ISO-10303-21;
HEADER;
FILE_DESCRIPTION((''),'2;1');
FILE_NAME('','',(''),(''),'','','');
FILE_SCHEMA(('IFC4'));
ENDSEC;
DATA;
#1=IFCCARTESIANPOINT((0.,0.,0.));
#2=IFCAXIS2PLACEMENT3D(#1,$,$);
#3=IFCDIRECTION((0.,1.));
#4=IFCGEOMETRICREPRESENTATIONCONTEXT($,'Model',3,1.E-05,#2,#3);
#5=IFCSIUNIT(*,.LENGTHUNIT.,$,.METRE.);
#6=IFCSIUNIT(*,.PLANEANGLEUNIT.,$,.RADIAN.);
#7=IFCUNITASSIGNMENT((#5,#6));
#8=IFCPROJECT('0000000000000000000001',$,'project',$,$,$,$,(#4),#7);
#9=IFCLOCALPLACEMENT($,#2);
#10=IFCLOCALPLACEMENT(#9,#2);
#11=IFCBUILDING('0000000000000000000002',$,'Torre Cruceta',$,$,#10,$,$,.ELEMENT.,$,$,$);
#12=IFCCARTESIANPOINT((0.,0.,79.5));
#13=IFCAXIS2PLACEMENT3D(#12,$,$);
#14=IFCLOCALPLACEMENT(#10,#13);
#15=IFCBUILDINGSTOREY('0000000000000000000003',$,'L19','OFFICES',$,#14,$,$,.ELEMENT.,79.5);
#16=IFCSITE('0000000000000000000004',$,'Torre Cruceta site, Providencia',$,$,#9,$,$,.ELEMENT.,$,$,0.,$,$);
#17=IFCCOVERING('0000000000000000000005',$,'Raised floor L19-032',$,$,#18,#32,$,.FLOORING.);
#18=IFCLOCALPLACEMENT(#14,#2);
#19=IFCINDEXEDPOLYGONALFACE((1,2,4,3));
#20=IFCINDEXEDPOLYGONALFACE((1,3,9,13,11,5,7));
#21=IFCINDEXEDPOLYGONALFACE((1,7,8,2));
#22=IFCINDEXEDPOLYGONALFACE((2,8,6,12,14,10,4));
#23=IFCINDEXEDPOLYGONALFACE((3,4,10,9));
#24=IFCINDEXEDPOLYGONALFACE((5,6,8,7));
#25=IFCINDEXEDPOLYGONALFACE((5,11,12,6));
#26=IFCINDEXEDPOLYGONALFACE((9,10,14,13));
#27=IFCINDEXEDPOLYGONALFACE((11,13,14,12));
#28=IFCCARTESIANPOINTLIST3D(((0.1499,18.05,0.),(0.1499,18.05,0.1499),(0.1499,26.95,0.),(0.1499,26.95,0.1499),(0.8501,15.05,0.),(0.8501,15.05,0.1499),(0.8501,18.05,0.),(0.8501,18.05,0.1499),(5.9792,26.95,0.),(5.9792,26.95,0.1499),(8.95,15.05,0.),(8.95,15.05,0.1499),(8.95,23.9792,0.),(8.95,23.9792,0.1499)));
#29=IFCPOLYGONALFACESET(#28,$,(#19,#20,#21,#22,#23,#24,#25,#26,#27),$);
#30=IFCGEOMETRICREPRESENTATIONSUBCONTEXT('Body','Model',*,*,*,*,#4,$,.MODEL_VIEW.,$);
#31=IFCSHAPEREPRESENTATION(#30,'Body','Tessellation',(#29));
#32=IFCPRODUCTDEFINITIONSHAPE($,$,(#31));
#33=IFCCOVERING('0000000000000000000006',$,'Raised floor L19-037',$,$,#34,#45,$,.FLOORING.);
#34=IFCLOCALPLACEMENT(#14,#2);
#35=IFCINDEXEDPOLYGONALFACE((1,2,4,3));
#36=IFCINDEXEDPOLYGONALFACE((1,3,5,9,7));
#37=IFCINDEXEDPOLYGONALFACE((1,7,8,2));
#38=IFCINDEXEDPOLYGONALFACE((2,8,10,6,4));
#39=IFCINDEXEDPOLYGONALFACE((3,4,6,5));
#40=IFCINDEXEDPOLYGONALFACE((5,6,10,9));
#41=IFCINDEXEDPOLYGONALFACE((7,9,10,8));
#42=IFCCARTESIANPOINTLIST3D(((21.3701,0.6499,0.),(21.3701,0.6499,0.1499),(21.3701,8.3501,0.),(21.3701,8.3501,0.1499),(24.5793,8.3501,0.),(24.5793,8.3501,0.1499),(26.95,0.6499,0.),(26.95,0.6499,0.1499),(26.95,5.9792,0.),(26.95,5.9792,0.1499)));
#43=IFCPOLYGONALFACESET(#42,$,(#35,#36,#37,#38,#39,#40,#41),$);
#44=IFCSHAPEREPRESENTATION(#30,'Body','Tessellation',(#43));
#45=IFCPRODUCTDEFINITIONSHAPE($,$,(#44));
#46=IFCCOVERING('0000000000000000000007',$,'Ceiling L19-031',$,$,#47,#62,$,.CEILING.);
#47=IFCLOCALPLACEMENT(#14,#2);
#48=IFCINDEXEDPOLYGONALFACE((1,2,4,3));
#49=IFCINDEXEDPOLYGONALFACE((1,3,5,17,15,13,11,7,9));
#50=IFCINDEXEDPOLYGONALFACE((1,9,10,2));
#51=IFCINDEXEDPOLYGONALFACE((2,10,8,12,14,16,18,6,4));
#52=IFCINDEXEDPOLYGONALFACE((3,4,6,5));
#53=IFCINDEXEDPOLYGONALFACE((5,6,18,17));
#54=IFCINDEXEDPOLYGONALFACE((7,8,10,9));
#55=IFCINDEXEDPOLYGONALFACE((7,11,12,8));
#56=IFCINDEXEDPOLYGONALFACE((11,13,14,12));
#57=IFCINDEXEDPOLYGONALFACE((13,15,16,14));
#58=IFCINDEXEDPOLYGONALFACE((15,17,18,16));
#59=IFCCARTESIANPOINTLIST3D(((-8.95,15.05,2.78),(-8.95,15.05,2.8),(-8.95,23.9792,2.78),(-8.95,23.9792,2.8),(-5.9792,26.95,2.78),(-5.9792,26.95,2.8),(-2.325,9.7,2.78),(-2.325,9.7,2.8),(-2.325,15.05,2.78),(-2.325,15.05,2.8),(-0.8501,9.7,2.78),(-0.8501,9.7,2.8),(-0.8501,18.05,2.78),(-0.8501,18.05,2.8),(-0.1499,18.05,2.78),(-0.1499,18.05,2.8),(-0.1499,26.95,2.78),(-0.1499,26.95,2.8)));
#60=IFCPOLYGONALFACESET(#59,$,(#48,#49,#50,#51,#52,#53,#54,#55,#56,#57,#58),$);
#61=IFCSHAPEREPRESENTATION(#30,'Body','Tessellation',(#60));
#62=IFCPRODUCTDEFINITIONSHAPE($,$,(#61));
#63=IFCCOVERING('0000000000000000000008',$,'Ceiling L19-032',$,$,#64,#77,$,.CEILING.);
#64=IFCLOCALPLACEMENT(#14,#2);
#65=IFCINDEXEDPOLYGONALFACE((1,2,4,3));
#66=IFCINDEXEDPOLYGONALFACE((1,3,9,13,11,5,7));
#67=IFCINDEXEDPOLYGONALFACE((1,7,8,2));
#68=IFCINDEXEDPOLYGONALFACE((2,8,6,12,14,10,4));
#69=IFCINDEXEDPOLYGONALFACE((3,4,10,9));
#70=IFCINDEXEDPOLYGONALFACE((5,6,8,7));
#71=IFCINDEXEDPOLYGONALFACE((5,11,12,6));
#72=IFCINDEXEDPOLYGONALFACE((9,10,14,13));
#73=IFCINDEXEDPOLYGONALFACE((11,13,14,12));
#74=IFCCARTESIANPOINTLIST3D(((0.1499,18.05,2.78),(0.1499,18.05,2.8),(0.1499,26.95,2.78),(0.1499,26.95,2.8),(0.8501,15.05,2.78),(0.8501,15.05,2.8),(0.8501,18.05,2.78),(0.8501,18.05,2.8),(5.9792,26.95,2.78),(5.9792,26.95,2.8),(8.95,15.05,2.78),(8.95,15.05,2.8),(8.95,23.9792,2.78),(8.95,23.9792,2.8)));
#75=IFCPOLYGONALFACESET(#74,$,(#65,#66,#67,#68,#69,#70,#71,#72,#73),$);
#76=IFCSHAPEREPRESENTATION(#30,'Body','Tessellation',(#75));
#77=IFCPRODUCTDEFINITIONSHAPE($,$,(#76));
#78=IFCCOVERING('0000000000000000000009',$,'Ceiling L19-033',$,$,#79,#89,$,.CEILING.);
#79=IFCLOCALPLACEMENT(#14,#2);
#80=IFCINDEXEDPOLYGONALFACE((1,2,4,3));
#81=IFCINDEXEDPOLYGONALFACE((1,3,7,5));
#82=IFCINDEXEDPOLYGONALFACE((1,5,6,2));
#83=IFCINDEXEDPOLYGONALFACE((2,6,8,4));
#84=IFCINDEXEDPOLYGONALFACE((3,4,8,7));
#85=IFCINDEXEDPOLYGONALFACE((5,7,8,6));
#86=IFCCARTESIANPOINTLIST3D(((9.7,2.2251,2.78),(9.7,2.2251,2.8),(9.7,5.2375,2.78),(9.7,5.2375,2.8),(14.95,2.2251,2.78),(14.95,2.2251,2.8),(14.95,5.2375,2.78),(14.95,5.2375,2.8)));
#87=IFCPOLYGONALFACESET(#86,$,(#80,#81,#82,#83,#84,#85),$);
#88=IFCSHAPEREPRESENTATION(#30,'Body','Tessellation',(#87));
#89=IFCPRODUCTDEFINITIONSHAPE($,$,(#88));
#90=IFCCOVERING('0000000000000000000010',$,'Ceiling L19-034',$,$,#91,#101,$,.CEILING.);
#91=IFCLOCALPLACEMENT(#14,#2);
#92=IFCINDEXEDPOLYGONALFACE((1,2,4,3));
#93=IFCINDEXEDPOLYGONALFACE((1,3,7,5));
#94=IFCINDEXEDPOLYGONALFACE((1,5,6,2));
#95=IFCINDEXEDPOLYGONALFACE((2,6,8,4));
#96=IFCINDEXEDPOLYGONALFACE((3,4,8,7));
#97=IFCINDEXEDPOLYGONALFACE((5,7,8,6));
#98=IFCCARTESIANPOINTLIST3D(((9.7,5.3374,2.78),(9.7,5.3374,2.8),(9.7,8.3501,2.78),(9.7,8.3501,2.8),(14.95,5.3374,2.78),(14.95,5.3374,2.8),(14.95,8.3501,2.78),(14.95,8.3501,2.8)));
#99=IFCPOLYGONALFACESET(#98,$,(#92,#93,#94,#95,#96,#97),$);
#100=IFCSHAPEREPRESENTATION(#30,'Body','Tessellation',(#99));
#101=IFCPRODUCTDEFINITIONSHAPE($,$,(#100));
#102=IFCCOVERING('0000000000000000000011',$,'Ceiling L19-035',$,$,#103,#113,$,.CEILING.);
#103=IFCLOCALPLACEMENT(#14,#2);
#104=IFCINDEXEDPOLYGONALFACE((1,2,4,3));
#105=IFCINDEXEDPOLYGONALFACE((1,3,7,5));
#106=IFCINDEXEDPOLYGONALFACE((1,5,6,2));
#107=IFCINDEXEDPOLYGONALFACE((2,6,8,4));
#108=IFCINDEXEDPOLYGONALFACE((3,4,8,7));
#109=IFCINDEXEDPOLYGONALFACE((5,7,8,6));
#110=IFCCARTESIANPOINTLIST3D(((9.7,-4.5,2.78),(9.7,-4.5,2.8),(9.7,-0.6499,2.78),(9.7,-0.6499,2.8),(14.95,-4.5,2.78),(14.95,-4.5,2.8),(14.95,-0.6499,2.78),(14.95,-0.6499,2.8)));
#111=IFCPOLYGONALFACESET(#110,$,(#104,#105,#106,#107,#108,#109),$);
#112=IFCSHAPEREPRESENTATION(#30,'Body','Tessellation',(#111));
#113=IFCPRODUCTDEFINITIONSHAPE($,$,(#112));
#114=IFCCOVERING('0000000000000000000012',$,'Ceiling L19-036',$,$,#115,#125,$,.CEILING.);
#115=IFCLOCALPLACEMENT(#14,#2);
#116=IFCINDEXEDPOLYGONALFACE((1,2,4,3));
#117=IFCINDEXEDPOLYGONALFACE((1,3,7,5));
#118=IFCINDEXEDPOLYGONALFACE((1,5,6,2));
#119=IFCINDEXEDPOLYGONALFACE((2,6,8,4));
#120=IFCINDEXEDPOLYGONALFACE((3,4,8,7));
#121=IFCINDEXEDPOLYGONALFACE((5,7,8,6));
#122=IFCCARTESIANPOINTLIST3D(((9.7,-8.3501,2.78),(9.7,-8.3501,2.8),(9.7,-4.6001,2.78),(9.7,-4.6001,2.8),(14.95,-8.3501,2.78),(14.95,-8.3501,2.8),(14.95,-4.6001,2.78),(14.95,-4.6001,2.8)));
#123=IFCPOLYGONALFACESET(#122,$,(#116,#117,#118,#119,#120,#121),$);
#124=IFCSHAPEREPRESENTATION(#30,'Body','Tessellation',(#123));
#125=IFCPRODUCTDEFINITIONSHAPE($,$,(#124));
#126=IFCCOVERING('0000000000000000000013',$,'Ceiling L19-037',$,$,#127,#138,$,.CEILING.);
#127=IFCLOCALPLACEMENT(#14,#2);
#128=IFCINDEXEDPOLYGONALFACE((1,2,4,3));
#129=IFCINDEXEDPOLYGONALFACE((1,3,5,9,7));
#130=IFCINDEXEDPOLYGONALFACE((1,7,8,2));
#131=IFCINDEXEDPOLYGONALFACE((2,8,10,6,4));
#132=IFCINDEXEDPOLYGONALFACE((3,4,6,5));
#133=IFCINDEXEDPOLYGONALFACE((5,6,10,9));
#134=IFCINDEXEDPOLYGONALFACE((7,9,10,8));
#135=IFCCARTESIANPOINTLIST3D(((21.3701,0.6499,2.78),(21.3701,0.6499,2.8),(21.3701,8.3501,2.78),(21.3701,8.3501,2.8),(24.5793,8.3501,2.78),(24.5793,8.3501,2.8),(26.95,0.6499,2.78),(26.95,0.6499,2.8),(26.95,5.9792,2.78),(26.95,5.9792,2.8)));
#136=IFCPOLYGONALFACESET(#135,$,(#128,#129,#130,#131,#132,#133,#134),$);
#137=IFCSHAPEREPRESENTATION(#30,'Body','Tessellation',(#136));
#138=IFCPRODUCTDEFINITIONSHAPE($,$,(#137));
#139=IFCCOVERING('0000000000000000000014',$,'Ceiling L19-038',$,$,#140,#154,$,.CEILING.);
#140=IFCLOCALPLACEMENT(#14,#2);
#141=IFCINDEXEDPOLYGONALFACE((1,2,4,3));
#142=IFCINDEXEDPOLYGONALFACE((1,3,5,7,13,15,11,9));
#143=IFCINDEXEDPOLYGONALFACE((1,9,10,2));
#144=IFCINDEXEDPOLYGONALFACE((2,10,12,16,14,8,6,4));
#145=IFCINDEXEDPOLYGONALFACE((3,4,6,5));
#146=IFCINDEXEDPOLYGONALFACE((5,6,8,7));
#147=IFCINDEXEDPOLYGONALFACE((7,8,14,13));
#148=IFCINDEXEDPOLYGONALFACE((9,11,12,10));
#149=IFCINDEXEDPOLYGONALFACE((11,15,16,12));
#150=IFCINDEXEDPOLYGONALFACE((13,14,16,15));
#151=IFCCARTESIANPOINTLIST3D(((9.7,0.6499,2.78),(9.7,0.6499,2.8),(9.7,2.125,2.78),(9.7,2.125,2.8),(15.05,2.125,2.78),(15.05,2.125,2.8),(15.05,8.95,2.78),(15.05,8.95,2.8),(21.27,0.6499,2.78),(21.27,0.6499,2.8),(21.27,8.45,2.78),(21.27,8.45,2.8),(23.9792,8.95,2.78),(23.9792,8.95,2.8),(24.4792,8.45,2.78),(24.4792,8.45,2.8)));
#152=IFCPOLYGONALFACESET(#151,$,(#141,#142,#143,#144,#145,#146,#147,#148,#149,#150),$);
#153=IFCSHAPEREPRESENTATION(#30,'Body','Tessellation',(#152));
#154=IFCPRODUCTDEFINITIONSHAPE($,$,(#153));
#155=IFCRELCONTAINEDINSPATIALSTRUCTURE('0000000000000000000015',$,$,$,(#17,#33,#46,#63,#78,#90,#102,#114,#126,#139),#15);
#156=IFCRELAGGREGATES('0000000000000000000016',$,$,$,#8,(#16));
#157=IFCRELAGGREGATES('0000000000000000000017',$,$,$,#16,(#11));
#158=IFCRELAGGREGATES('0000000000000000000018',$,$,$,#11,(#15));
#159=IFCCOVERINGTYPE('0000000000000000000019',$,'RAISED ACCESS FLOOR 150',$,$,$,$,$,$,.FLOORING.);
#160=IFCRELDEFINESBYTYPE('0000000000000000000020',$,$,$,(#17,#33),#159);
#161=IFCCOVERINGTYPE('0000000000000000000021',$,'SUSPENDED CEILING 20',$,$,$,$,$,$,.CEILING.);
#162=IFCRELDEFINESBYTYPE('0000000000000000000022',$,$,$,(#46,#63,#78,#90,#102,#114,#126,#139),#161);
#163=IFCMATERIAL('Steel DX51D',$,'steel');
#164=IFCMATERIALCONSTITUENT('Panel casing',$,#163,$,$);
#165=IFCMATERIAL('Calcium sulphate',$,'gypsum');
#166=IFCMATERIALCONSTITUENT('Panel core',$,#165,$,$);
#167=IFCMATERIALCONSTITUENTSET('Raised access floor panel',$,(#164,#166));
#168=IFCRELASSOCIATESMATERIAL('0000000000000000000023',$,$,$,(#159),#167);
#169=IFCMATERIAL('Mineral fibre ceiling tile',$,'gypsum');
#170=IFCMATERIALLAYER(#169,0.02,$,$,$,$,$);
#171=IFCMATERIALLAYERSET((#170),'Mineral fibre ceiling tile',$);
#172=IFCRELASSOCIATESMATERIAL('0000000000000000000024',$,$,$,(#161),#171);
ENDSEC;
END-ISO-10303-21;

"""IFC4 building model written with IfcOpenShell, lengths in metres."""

from ifc_helpers import new_model, si_unit, direction, frame, origin, place, context, subcontext, project, spatial, polyline, outline, extrude, material, layer, layer_set, constituent, constituent_set, type_object, element, save


model = new_model("IFC4")

# Units and contexts
model_context = context("Model", 3, precision=1e-05, world=origin(), true_north=direction((0.0, 1.0)))
body_context = subcontext(model_context, "Body", "Model", "MODEL_VIEW")
ifc_project = project(units=[si_unit("LENGTHUNIT", "METRE"), si_unit("PLANEANGLEUNIT", "RADIAN")], contexts=[model_context])

# Site, building, storey
site_placement = place(None, origin())
site = spatial("IfcSite", under=ifc_project, at=site_placement, Name="Torre Cruceta site, Providencia", CompositionType="ELEMENT", RefElevation=0.0)
building_placement = place(site_placement, origin())
building = spatial("IfcBuilding", under=site, at=building_placement, Name="Torre Cruceta", CompositionType="ELEMENT")
storey_placement = place(building_placement, frame((0.0, 0.0, 79.5)))
storey = spatial("IfcBuildingStorey", under=building, at=storey_placement, Name="L19", Description="OFFICES", CompositionType="ELEMENT", Elevation=79.5)

# Coverings
ifc_material_1 = material(Name="Steel DX51D", Category="steel")
ifc_constituent_1 = constituent(ifc_material_1, Name="Panel casing")
ifc_material_2 = material(Name="Calcium sulphate", Category="gypsum")
ifc_constituent_2 = constituent(ifc_material_2, Name="Panel core")
ifc_constituent_set_1 = constituent_set(constituents=[ifc_constituent_1, ifc_constituent_2], Name="Raised access floor panel")
covering_type_1 = type_object("IfcCoveringType", Name="RAISED ACCESS FLOOR 150", PredefinedType="FLOORING", material=ifc_constituent_set_1)
covering_1_placement = place(storey_placement, origin())
element("IfcCovering", 1, at=covering_1_placement, inside=storey, type_object=covering_type_1, Name="Raised floor L19-032", PredefinedType="FLOORING", context=body_context, shape_type="SweptSolid", body=[
    extrude(outline(polyline([(5.9792, 26.95), (8.95, 23.9792), (8.95, 15.05), (0.8501, 15.05), (0.8501, 18.05), (0.1499, 18.05), (0.1499, 26.95), (5.9792, 26.95)])), origin(), (0.0, 0.0, 1.0), 0.1499),
])
covering_2_placement = place(storey_placement, origin())
element("IfcCovering", 2, at=covering_2_placement, inside=storey, type_object=covering_type_1, Name="Raised floor L19-037", PredefinedType="FLOORING", context=body_context, shape_type="SweptSolid", body=[
    extrude(outline(polyline([(26.95, 0.6499), (21.3701, 0.6499), (21.3701, 8.3501), (24.5793, 8.3501), (26.95, 5.9792), (26.95, 0.6499)])), origin(), (0.0, 0.0, 1.0), 0.1499),
])
ifc_material_3 = material(Name="Mineral fibre ceiling tile", Category="gypsum")
ifc_layer_1 = layer(ifc_material_3, 0.02)
ifc_layer_set_1 = layer_set([ifc_layer_1], Name="Mineral fibre ceiling tile")
covering_type_2 = type_object("IfcCoveringType", Name="SUSPENDED CEILING 20", PredefinedType="CEILING", material=ifc_layer_set_1)
covering_3_placement = place(storey_placement, frame((0.0, 0.0, 2.78)))
element("IfcCovering", 3, at=covering_3_placement, inside=storey, type_object=covering_type_2, Name="Ceiling L19-031", PredefinedType="CEILING", context=body_context, shape_type="SweptSolid", body=[
    extrude(outline(polyline([(-0.1499, 26.95), (-0.1499, 18.05), (-0.8501, 18.05), (-0.8501, 9.7), (-2.325, 9.7), (-2.325, 15.05), (-8.95, 15.05), (-8.95, 23.9792), (-5.9792, 26.95), (-0.1499, 26.95)])), origin(), (0.0, 0.0, 1.0), 0.02),
])
covering_4_placement = place(storey_placement, frame((0.0, 0.0, 2.78)))
element("IfcCovering", 4, at=covering_4_placement, inside=storey, type_object=covering_type_2, Name="Ceiling L19-032", PredefinedType="CEILING", context=body_context, shape_type="SweptSolid", body=[
    extrude(outline(polyline([(5.9792, 26.95), (8.95, 23.9792), (8.95, 15.05), (0.8501, 15.05), (0.8501, 18.05), (0.1499, 18.05), (0.1499, 26.95), (5.9792, 26.95)])), origin(), (0.0, 0.0, 1.0), 0.02),
])
covering_5_placement = place(storey_placement, frame((0.0, 0.0, 2.78)))
element("IfcCovering", 5, at=covering_5_placement, inside=storey, type_object=covering_type_2, Name="Ceiling L19-033", PredefinedType="CEILING", context=body_context, shape_type="SweptSolid", body=[
    extrude(outline(polyline([(9.7, 2.2251), (9.7, 5.2375), (14.95, 5.2375), (14.95, 2.2251), (9.7, 2.2251)])), origin(), (0.0, 0.0, 1.0), 0.02),
])
covering_6_placement = place(storey_placement, frame((0.0, 0.0, 2.78)))
element("IfcCovering", 6, at=covering_6_placement, inside=storey, type_object=covering_type_2, Name="Ceiling L19-034", PredefinedType="CEILING", context=body_context, shape_type="SweptSolid", body=[
    extrude(outline(polyline([(9.7, 5.3374), (9.7, 8.3501), (14.95, 8.3501), (14.95, 5.3374), (9.7, 5.3374)])), origin(), (0.0, 0.0, 1.0), 0.02),
])
covering_7_placement = place(storey_placement, frame((0.0, 0.0, 2.78)))
element("IfcCovering", 7, at=covering_7_placement, inside=storey, type_object=covering_type_2, Name="Ceiling L19-035", PredefinedType="CEILING", context=body_context, shape_type="SweptSolid", body=[
    extrude(outline(polyline([(9.7, -4.5), (9.7, -0.6499), (14.95, -0.6499), (14.95, -4.5), (9.7, -4.5)])), origin(), (0.0, 0.0, 1.0), 0.02),
])
covering_8_placement = place(storey_placement, frame((0.0, 0.0, 2.78)))
element("IfcCovering", 8, at=covering_8_placement, inside=storey, type_object=covering_type_2, Name="Ceiling L19-036", PredefinedType="CEILING", context=body_context, shape_type="SweptSolid", body=[
    extrude(outline(polyline([(9.7, -8.3501), (9.7, -4.6001), (14.95, -4.6001), (14.95, -8.3501), (9.7, -8.3501)])), origin(), (0.0, 0.0, 1.0), 0.02),
])
covering_9_placement = place(storey_placement, frame((0.0, 0.0, 2.78)))
element("IfcCovering", 9, at=covering_9_placement, inside=storey, type_object=covering_type_2, Name="Ceiling L19-037", PredefinedType="CEILING", context=body_context, shape_type="SweptSolid", body=[
    extrude(outline(polyline([(26.95, 0.6499), (21.3701, 0.6499), (21.3701, 8.3501), (24.5793, 8.3501), (26.95, 5.9792), (26.95, 0.6499)])), origin(), (0.0, 0.0, 1.0), 0.02),
])
covering_10_placement = place(storey_placement, frame((0.0, 0.0, 2.78)))
element("IfcCovering", 10, at=covering_10_placement, inside=storey, type_object=covering_type_2, Name="Ceiling L19-038", PredefinedType="CEILING", context=body_context, shape_type="SweptSolid", body=[
    extrude(outline(polyline([(9.7, 2.125), (15.05, 2.125), (15.05, 8.95), (23.9792, 8.95), (24.4792, 8.45), (21.27, 8.45), (21.27, 0.6499), (9.7, 0.6499), (9.7, 2.125)])), origin(), (0.0, 0.0, 1.0), 0.02),
])

save(model, "model.ifc")
